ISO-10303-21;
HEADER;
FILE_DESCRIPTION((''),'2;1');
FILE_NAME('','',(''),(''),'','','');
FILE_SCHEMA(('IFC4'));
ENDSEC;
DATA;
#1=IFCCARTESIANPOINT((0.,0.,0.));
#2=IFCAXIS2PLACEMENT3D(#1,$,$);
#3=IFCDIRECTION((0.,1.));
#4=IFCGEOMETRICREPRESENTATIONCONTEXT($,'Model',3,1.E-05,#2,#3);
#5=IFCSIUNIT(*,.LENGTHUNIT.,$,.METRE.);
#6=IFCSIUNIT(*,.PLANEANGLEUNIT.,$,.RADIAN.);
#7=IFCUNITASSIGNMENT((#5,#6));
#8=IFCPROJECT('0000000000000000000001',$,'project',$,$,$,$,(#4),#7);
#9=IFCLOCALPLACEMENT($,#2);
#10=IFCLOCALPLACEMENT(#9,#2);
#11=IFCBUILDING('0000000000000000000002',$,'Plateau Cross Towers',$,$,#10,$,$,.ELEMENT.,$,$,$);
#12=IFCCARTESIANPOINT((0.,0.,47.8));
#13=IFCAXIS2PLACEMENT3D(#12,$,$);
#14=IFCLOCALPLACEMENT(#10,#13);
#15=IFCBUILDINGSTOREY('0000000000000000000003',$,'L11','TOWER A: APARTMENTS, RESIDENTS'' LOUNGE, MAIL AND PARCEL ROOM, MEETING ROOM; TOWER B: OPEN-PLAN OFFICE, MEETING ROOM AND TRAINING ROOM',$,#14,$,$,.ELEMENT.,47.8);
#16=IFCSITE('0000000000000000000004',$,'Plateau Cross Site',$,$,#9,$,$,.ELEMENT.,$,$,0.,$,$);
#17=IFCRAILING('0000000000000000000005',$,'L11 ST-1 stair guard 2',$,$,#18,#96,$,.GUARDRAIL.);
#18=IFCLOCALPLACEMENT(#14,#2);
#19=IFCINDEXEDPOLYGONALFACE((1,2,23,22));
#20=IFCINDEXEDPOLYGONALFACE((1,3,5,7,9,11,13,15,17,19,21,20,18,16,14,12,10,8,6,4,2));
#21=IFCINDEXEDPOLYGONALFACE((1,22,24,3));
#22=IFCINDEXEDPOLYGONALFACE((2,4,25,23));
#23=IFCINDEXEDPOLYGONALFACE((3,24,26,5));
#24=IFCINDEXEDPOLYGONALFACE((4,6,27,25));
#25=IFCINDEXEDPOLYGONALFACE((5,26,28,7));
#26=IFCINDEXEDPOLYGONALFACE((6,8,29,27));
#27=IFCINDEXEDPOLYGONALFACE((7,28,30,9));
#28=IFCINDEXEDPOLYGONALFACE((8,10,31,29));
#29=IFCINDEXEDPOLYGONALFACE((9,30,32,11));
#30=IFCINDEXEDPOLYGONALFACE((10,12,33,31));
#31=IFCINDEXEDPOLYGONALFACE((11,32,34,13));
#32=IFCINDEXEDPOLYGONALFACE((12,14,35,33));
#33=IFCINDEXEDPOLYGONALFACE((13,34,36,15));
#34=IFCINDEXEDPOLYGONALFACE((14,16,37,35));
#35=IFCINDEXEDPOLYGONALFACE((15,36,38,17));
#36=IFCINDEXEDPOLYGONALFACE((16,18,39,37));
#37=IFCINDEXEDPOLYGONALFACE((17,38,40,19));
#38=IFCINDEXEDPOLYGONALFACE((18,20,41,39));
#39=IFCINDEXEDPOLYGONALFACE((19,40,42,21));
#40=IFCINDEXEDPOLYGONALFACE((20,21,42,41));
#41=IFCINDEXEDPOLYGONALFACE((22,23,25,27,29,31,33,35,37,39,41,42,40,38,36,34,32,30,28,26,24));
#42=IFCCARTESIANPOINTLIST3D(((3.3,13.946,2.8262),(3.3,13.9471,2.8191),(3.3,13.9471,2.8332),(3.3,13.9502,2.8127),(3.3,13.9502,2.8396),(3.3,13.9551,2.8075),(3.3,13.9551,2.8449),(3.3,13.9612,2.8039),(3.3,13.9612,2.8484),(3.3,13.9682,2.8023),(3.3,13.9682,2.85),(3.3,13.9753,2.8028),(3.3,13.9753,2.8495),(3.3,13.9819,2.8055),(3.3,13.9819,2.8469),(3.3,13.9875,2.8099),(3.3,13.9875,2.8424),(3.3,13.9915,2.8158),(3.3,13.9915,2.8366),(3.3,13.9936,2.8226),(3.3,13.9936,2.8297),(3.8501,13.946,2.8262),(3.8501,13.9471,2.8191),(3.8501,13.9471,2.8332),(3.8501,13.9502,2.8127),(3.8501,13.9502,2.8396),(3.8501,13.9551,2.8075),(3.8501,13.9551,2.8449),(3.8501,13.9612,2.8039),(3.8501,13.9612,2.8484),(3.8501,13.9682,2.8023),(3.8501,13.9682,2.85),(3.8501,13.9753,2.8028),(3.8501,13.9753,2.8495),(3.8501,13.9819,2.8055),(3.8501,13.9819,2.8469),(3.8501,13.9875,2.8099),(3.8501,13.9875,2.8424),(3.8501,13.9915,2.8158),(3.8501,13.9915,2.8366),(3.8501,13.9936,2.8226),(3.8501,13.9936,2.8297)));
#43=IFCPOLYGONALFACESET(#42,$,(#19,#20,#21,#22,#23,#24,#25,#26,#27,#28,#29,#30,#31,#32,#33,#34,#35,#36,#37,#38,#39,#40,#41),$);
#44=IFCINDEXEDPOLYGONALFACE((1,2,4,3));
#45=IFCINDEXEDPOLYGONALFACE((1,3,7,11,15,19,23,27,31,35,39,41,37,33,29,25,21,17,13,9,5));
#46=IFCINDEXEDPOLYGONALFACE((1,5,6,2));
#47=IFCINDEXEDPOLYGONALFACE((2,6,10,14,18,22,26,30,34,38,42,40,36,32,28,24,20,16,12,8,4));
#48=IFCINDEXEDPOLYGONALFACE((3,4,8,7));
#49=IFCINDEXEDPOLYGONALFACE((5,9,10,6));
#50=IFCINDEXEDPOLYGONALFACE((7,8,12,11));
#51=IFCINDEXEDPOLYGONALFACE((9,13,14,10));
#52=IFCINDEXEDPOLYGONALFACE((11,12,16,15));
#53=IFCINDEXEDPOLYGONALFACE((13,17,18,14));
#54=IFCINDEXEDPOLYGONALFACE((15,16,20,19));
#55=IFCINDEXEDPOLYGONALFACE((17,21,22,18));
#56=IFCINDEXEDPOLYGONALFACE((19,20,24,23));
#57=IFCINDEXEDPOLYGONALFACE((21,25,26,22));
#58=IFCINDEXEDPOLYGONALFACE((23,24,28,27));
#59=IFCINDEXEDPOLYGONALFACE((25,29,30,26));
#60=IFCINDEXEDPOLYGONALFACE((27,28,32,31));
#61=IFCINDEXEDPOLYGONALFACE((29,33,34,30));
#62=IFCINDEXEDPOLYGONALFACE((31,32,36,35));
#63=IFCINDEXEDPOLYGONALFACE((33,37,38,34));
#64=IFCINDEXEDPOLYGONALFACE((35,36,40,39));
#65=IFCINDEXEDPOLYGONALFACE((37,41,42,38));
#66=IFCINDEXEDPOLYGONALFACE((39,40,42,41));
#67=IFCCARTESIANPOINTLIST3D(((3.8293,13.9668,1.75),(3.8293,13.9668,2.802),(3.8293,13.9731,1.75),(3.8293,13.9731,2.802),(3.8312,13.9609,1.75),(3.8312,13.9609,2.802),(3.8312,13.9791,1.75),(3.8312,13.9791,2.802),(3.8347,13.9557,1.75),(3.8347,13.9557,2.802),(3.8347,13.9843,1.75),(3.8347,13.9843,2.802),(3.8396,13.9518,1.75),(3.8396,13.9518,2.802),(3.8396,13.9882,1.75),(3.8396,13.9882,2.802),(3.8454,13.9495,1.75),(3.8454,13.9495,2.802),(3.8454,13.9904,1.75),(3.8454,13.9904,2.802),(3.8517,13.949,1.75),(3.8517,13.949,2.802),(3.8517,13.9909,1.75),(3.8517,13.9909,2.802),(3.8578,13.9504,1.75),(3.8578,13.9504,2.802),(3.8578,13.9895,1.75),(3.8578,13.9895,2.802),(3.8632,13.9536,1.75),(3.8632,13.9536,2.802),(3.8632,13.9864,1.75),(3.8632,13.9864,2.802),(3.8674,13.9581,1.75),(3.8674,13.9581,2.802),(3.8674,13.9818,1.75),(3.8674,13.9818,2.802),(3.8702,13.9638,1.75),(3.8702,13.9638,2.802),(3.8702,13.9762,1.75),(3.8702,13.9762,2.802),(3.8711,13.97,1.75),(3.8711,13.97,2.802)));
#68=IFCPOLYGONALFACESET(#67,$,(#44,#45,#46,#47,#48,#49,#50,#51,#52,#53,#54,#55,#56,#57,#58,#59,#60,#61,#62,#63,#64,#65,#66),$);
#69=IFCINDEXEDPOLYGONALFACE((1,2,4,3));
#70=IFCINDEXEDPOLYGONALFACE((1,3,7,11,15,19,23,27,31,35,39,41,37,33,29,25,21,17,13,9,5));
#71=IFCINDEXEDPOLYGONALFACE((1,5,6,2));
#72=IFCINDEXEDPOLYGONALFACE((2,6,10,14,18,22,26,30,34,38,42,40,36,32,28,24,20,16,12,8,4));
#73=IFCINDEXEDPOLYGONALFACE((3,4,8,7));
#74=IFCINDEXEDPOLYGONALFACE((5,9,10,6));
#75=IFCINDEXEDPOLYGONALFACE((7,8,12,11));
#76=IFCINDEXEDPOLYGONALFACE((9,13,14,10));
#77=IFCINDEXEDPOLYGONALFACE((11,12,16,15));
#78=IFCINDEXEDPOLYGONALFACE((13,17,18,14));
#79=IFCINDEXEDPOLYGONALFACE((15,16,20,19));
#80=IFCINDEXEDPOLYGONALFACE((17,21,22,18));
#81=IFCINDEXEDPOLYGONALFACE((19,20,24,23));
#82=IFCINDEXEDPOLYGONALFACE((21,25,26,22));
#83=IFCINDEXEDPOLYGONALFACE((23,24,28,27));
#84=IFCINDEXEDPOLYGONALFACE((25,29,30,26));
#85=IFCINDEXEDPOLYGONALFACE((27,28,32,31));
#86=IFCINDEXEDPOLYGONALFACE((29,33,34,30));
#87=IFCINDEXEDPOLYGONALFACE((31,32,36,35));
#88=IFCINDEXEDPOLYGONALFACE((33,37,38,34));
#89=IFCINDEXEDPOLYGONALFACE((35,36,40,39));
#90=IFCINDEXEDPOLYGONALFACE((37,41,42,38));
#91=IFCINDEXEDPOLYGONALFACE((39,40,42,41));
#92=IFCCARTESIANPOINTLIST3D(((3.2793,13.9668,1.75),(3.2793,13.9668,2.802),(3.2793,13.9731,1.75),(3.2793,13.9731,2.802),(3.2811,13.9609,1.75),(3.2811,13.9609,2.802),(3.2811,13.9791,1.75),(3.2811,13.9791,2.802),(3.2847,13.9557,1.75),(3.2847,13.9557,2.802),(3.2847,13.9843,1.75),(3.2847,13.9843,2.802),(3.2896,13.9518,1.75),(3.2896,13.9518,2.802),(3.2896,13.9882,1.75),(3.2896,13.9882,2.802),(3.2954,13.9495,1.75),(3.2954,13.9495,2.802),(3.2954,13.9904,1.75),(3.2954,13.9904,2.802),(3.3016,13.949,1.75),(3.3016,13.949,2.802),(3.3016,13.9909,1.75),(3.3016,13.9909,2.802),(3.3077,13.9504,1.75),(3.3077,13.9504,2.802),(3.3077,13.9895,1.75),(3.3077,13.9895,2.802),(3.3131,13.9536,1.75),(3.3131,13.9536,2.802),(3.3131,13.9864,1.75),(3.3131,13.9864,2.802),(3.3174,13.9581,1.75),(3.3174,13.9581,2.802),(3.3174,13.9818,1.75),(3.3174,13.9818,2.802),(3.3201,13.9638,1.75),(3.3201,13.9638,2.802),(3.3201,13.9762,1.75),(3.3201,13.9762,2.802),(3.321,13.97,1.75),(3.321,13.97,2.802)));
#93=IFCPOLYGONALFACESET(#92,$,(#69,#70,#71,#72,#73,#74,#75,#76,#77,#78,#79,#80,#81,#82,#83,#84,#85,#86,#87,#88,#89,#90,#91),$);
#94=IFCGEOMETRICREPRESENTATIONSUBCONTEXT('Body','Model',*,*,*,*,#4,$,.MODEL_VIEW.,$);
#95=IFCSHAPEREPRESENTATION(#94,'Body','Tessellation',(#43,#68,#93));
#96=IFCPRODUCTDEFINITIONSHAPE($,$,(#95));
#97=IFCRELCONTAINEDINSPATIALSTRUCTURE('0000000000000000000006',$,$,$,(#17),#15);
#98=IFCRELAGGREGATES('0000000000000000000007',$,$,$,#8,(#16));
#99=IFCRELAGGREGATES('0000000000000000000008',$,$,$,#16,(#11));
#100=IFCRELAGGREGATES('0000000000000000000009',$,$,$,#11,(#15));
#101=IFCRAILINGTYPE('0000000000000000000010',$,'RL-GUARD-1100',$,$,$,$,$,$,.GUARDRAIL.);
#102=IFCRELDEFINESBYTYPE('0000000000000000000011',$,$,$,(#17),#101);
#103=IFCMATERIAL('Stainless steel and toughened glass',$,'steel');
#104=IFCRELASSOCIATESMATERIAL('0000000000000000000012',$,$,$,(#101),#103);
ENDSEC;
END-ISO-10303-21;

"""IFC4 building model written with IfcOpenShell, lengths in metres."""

from ifc_helpers import new_model, si_unit, direction, frame, origin, origin_2d, place, context, subcontext, project, spatial, circle, extrude, material, type_object, element, save


model = new_model("IFC4")

# Units and contexts
model_context = context("Model", 3, precision=1e-05, world=origin(), true_north=direction((0.0, 1.0)))
body_context = subcontext(model_context, "Body", "Model", "MODEL_VIEW")
ifc_project = project(units=[si_unit("LENGTHUNIT", "METRE"), si_unit("PLANEANGLEUNIT", "RADIAN")], contexts=[model_context])

# Site, building, storey
site_placement = place(None, origin())
site = spatial("IfcSite", under=ifc_project, at=site_placement, Name="Plateau Cross Site", CompositionType="ELEMENT", RefElevation=0.0)
building_placement = place(site_placement, origin())
building = spatial("IfcBuilding", under=site, at=building_placement, Name="Plateau Cross Towers", CompositionType="ELEMENT")
storey_placement = place(building_placement, frame((0.0, 0.0, 47.8)))
storey = spatial("IfcBuildingStorey", under=building, at=storey_placement, Name="L11", Description="TOWER A: APARTMENTS, RESIDENTS' LOUNGE, MAIL AND PARCEL ROOM, MEETING ROOM; TOWER B: OPEN-PLAN OFFICE, MEETING ROOM AND TRAINING ROOM", CompositionType="ELEMENT", Elevation=47.8)

# Railing
ifc_material_1 = material(Name="Stainless steel and toughened glass", Category="steel")
railing_type_1 = type_object("IfcRailingType", Name="RL-GUARD-1100", PredefinedType="GUARDRAIL", material=ifc_material_1)
railing_1_placement = place(storey_placement, frame((3.8501, 13.97, 1.75)))
element("IfcRailing", 1, at=railing_1_placement, inside=storey, type_object=railing_type_1, Name="L11 ST-1 stair guard 2", PredefinedType="GUARDRAIL", context=body_context, shape_type="SweptSolid", body=[
    extrude(circle(Radius=0.0239, at=origin_2d()), frame((0.0, 0.0, 1.0762), z_axis=(-1.0, 0.0, 0.0), x_axis=(0.0, -1.0, 0.0)), (0.0, 0.0, 1.0), 0.55),
    extrude(circle(Radius=0.021, at=origin_2d()), origin(), (0.0, 0.0, 1.0), 1.052),
    extrude(circle(Radius=0.021, at=origin_2d()), frame((-0.55, 0.0, 0.0)), (0.0, 0.0, 1.0), 1.052),
])

save(model, "model.ifc")
